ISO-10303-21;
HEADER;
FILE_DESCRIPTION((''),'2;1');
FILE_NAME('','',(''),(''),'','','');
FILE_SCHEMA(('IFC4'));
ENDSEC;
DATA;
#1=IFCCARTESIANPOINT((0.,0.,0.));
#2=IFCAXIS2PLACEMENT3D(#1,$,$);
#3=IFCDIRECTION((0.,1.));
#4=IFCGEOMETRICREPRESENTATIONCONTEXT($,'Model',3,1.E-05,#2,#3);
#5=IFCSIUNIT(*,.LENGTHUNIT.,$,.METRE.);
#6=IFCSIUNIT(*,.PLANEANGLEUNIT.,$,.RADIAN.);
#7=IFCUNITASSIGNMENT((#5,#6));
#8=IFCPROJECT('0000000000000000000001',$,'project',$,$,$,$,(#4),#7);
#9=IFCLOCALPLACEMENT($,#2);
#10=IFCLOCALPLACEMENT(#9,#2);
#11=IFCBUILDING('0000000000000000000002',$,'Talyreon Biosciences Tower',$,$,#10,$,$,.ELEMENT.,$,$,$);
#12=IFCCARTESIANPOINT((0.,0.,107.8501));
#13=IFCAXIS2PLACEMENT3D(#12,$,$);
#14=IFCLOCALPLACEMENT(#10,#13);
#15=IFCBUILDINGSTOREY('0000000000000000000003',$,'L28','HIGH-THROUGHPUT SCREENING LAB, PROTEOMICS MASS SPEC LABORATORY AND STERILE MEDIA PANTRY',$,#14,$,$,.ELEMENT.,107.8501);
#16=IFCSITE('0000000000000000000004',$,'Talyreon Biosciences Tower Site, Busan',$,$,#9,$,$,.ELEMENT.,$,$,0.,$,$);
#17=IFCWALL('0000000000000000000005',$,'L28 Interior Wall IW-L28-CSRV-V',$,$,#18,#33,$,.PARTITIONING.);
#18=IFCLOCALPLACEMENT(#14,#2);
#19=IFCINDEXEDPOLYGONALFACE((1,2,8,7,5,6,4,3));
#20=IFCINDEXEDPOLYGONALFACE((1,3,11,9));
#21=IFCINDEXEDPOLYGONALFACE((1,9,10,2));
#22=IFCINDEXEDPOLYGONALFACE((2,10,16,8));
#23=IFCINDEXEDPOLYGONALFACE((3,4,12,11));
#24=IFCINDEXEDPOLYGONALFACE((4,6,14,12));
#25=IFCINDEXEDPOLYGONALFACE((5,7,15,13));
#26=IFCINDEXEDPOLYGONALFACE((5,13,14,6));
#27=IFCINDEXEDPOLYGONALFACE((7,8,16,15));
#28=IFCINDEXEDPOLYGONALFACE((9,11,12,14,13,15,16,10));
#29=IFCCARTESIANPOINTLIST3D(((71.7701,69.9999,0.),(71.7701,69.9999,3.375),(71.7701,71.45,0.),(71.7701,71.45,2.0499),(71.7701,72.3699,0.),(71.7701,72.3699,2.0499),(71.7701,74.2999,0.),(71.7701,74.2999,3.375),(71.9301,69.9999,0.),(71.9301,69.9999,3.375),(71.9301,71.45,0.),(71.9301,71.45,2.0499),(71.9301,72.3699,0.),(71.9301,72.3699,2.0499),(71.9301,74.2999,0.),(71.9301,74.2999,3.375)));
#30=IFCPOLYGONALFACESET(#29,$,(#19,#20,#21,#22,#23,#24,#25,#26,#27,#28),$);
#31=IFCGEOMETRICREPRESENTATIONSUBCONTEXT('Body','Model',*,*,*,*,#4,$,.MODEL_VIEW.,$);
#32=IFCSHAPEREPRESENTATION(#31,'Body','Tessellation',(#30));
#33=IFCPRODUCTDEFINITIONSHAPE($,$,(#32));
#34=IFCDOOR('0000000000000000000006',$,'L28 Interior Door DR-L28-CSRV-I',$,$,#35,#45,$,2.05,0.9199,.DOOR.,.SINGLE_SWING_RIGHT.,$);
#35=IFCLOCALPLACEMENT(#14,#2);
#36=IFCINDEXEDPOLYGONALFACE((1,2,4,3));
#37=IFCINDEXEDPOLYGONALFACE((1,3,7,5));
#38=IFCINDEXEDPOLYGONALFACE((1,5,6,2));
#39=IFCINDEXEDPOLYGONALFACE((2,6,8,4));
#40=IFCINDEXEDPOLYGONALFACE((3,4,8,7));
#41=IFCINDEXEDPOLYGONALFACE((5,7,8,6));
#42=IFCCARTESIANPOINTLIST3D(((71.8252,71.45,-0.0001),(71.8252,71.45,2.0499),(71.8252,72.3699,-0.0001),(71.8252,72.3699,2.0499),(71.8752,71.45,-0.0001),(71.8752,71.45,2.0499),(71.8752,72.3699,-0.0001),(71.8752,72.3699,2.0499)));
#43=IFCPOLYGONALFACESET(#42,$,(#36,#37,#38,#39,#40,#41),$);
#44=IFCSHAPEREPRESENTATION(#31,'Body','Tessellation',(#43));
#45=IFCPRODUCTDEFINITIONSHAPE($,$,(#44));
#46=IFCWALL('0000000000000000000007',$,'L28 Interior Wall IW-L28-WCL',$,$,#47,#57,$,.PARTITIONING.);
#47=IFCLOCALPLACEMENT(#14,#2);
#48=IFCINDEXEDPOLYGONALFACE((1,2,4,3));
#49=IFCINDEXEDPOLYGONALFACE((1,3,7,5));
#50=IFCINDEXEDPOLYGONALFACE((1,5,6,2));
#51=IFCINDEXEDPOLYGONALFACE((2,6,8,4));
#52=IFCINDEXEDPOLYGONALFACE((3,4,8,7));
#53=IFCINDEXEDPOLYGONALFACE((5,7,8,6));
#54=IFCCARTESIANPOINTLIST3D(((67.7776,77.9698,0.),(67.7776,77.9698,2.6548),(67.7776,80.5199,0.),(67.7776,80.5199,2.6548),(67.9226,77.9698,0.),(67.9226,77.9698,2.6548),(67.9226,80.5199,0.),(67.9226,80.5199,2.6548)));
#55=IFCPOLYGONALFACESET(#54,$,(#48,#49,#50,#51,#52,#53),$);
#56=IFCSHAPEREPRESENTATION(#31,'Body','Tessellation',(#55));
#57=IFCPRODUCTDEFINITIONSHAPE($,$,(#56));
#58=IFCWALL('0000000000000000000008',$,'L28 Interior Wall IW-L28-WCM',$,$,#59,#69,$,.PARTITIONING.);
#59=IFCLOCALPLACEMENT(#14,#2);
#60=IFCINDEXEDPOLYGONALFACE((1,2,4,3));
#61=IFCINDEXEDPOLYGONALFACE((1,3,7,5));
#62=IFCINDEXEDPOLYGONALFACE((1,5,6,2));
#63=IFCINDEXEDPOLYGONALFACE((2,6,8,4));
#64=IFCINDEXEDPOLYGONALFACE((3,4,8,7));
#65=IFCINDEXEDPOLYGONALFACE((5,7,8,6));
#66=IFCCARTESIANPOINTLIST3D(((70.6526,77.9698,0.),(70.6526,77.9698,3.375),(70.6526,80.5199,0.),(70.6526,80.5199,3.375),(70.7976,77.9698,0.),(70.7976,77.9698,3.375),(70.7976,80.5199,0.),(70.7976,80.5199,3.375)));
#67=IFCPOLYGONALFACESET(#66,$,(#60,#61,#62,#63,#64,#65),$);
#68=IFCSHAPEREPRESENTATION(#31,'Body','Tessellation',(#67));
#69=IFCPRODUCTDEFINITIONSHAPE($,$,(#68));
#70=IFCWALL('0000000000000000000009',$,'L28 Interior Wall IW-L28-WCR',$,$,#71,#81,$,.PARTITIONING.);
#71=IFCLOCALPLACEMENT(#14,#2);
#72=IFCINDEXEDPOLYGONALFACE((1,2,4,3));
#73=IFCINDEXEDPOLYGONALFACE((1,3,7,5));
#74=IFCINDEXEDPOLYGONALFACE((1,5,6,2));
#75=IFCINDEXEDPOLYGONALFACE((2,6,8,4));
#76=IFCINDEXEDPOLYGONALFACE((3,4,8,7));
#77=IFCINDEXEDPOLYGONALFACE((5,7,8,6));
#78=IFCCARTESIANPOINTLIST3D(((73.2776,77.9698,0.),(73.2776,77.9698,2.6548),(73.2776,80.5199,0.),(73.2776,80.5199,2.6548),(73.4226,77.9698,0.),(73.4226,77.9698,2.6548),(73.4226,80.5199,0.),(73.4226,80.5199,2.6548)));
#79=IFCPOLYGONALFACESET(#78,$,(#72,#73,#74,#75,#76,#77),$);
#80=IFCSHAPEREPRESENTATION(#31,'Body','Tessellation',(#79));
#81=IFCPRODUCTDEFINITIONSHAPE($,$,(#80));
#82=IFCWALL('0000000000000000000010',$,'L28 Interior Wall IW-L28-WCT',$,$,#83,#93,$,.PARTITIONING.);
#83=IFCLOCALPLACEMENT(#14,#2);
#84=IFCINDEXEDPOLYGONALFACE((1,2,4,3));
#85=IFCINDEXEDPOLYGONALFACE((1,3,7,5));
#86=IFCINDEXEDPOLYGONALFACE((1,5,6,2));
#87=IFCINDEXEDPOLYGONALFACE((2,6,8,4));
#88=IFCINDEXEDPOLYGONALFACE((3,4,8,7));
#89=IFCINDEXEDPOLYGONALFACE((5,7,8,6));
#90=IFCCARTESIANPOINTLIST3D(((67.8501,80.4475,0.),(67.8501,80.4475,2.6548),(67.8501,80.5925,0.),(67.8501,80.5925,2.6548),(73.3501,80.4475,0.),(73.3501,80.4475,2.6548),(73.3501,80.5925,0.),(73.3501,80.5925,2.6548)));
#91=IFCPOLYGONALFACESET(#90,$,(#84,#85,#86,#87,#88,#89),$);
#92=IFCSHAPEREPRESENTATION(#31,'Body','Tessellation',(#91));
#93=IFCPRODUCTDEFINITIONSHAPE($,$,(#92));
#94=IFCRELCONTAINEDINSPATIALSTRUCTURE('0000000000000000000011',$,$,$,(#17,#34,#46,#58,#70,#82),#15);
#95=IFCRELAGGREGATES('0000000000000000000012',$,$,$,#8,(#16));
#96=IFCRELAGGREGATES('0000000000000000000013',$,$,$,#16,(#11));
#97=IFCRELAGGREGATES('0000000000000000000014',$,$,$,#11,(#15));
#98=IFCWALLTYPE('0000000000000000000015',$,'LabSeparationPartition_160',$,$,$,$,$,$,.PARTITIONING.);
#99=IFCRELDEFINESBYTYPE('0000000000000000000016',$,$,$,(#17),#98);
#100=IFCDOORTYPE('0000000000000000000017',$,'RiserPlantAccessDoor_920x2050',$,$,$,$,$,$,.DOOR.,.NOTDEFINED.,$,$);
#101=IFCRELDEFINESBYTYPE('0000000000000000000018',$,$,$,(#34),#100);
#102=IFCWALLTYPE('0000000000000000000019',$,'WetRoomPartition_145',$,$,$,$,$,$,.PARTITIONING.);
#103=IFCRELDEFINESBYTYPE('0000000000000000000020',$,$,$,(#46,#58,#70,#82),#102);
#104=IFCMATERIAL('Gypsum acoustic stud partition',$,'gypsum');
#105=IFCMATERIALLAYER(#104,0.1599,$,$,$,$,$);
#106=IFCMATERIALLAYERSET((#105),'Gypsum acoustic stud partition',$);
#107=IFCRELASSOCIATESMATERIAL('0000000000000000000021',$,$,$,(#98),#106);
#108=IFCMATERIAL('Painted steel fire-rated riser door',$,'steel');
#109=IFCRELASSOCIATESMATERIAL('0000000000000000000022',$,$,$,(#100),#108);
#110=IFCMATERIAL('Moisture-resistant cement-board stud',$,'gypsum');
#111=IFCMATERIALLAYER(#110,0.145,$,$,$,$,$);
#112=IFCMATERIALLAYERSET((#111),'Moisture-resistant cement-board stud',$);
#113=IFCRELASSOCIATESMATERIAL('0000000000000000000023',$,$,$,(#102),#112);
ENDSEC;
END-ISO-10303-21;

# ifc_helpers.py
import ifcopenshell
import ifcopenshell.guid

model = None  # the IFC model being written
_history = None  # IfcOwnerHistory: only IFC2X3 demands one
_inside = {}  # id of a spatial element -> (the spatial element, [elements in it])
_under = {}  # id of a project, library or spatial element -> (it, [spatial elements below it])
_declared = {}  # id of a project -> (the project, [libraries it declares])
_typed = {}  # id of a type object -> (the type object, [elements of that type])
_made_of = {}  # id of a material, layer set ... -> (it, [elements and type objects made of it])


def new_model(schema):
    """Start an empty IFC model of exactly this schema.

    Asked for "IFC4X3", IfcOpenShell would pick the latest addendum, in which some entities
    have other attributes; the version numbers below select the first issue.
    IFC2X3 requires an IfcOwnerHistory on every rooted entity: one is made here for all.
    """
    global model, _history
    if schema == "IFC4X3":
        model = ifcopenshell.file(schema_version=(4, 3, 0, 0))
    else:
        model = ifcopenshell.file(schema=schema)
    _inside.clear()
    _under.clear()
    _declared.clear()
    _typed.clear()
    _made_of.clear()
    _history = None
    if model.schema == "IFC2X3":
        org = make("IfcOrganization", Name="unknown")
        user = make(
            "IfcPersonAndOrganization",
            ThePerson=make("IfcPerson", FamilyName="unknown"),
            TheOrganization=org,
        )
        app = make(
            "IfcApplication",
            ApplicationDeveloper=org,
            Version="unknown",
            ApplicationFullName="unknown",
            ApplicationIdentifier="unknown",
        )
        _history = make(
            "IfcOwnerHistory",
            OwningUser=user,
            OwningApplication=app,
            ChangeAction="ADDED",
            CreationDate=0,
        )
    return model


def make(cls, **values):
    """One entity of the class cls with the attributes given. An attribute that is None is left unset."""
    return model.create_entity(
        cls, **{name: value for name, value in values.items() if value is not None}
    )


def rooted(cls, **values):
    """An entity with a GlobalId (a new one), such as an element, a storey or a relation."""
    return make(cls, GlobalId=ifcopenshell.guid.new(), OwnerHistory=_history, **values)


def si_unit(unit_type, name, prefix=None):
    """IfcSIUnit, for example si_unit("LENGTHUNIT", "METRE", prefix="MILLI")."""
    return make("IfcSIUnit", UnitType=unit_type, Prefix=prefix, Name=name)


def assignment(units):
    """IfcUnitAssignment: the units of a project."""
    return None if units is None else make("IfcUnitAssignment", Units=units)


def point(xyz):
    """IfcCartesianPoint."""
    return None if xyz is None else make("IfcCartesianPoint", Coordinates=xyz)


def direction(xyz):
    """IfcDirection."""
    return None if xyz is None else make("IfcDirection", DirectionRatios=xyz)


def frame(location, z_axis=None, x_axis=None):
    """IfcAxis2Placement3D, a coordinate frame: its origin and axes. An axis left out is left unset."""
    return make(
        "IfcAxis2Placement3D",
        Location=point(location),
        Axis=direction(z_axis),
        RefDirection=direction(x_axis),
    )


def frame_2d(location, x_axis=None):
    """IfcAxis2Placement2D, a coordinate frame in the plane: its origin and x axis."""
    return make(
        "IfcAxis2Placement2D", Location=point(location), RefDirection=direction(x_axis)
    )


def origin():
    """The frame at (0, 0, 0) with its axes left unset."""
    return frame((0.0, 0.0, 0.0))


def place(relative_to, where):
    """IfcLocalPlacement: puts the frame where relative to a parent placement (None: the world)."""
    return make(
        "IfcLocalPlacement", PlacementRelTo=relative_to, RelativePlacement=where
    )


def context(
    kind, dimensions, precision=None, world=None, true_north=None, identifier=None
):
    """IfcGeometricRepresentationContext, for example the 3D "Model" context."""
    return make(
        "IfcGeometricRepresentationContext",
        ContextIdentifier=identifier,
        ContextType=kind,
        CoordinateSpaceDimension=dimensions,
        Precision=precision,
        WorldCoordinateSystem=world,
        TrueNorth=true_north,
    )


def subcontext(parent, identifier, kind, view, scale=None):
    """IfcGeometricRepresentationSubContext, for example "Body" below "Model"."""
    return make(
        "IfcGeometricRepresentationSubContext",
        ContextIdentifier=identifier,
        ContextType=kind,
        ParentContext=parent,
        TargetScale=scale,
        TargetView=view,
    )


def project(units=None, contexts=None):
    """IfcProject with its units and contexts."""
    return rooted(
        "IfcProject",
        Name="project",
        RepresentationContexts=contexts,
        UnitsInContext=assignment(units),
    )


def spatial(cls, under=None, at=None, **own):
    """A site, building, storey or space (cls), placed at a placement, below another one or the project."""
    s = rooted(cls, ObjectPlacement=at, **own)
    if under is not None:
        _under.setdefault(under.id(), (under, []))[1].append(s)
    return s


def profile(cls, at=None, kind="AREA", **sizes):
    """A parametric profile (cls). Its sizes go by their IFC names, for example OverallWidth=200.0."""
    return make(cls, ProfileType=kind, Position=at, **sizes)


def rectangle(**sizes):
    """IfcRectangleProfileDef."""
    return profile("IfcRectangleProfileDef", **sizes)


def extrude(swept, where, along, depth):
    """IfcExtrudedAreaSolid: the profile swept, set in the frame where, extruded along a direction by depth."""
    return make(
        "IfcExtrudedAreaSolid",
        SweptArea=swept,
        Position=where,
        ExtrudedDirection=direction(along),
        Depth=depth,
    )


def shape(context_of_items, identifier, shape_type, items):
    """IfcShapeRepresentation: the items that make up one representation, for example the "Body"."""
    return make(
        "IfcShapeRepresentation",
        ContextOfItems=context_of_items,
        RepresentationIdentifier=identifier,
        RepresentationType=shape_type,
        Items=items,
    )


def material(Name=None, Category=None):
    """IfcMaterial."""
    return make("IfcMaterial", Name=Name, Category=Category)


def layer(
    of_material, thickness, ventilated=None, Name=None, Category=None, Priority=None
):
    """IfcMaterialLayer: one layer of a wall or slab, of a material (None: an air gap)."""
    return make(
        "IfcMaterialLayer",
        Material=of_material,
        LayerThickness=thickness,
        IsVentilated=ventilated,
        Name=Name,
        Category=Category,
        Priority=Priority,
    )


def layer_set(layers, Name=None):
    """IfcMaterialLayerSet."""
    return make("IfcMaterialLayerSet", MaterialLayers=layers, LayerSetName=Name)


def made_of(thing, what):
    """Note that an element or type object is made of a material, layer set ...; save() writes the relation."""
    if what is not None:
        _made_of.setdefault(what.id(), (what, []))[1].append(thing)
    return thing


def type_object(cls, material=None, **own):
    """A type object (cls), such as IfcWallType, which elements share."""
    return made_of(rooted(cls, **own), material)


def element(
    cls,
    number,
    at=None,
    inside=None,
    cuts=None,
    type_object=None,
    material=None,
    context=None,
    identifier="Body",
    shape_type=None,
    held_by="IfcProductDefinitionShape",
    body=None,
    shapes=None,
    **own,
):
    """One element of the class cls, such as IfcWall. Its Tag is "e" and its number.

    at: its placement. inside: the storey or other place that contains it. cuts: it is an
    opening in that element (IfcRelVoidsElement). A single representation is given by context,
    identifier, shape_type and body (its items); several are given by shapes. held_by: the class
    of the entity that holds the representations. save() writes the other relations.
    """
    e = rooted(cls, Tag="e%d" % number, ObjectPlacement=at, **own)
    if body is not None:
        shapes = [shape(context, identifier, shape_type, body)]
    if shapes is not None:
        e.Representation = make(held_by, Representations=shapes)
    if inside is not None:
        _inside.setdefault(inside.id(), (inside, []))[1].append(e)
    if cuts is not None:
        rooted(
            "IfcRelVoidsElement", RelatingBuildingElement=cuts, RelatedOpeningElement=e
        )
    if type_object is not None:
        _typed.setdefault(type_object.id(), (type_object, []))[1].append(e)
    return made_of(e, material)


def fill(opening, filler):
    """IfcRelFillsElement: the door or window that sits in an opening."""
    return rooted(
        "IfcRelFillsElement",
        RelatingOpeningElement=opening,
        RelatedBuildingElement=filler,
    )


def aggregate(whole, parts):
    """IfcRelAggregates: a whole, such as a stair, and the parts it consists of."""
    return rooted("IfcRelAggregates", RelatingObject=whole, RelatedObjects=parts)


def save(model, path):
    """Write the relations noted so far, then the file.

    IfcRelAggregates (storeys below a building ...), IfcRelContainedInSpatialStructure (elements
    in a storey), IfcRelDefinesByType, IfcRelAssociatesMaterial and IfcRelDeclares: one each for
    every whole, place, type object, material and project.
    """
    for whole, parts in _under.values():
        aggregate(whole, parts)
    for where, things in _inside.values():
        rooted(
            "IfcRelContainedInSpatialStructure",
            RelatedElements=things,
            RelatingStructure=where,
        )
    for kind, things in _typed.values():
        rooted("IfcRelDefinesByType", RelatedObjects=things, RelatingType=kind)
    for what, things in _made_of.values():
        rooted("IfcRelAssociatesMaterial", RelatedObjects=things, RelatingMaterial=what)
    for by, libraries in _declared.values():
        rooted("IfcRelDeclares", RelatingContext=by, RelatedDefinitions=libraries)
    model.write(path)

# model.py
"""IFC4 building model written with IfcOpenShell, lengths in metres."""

from ifc_helpers import new_model, si_unit, direction, frame, frame_2d, origin, place, context, subcontext, project, spatial, rectangle, extrude, material, layer, layer_set, type_object, element, fill, save


model = new_model("IFC4")

# Units and contexts
model_context = context("Model", 3, precision=1e-05, world=origin(), true_north=direction((0.0, 1.0)))
body_context = subcontext(model_context, "Body", "Model", "MODEL_VIEW")
ifc_project = project(units=[si_unit("LENGTHUNIT", "METRE"), si_unit("PLANEANGLEUNIT", "RADIAN")], contexts=[model_context])

# Site, building, storey
site_placement = place(None, origin())
site = spatial("IfcSite", under=ifc_project, at=site_placement, Name="Talyreon Biosciences Tower Site, Busan", CompositionType="ELEMENT", RefElevation=0.0)
building_placement = place(site_placement, origin())
building = spatial("IfcBuilding", under=site, at=building_placement, Name="Talyreon Biosciences Tower", CompositionType="ELEMENT")
storey_placement = place(building_placement, frame((0.0, 0.0, 107.8501)))
storey = spatial("IfcBuildingStorey", under=building, at=storey_placement, Name="L28", Description="HIGH-THROUGHPUT SCREENING LAB, PROTEOMICS MASS SPEC LABORATORY AND STERILE MEDIA PANTRY", CompositionType="ELEMENT", Elevation=107.8501)

# Wall, opening, door
ifc_material_1 = material(Name="Gypsum acoustic stud partition", Category="gypsum")
ifc_layer_1 = layer(ifc_material_1, 0.1599)
ifc_layer_set_1 = layer_set([ifc_layer_1], Name="Gypsum acoustic stud partition")
wall_type_1 = type_object("IfcWallType", Name="LabSeparationPartition_160", PredefinedType="PARTITIONING", material=ifc_layer_set_1)
wall_1_placement = place(storey_placement, frame((71.8501, 70.0, 0.0), z_axis=(0.0, 0.0, 1.0), x_axis=(0.0, 1.0, 0.0)))
wall_1 = element("IfcWall", 1, at=wall_1_placement, inside=storey, type_object=wall_type_1, Name="L28 Interior Wall IW-L28-CSRV-V", PredefinedType="PARTITIONING", context=body_context, shape_type="SweptSolid", body=[
    extrude(rectangle(XDim=4.3, YDim=0.1599, at=frame_2d((2.1499, 0.0))), origin(), (0.0, 0.0, 1.0), 3.375),
])
opening_1_placement = place(wall_1_placement, frame((1.45, 0.0, 0.0)))
opening_1 = element("IfcOpeningElement", 2, at=opening_1_placement, cuts=wall_1, PredefinedType="OPENING", context=body_context, shape_type="SweptSolid", body=[
    extrude(rectangle(XDim=0.9199, YDim=2.05, at=frame_2d((0.46, 1.0249))), frame((0.0, 0.0898, 0.0), z_axis=(0.0, -1.0, 0.0), x_axis=(1.0, 0.0, 0.0)), (0.0, 0.0, 1.0), 0.1799),
])
ifc_material_2 = material(Name="Painted steel fire-rated riser door", Category="steel")
door_type_1 = type_object("IfcDoorType", Name="RiserPlantAccessDoor_920x2050", OperationType="NOTDEFINED", PredefinedType="DOOR", material=ifc_material_2)
door_1_placement = place(opening_1_placement, origin())
door_1 = element("IfcDoor", 3, at=door_1_placement, inside=storey, type_object=door_type_1, Name="L28 Interior Door DR-L28-CSRV-I", OperationType="SINGLE_SWING_RIGHT", OverallHeight=2.05, OverallWidth=0.9199, PredefinedType="DOOR", context=body_context, shape_type="SweptSolid", body=[
    extrude(rectangle(XDim=0.9199, YDim=2.05, at=frame_2d((0.46, 1.0249))), frame((0.0, 0.0249, 0.0), z_axis=(0.0, -1.0, 0.0), x_axis=(1.0, 0.0, 0.0)), (0.0, 0.0, 1.0), 0.05),
])
fill(opening_1, door_1)

# Walls
ifc_material_3 = material(Name="Moisture-resistant cement-board stud", Category="gypsum")
ifc_layer_2 = layer(ifc_material_3, 0.145)
ifc_layer_set_2 = layer_set([ifc_layer_2], Name="Moisture-resistant cement-board stud")
wall_type_2 = type_object("IfcWallType", Name="WetRoomPartition_145", PredefinedType="PARTITIONING", material=ifc_layer_set_2)
wall_2_placement = place(storey_placement, frame((67.8501, 77.97, 0.0), z_axis=(0.0, 0.0, 1.0), x_axis=(0.0, 1.0, 0.0)))
element("IfcWall", 4, at=wall_2_placement, inside=storey, type_object=wall_type_2, Name="L28 Interior Wall IW-L28-WCL", PredefinedType="PARTITIONING", context=body_context, shape_type="SweptSolid", body=[
    extrude(rectangle(XDim=2.55, YDim=0.145, at=frame_2d((1.2749, 0.0))), origin(), (0.0, 0.0, 1.0), 2.6548),
])
wall_3_placement = place(storey_placement, frame((70.7251, 77.97, 0.0), z_axis=(0.0, 0.0, 1.0), x_axis=(0.0, 1.0, 0.0)))
element("IfcWall", 5, at=wall_3_placement, inside=storey, type_object=wall_type_2, Name="L28 Interior Wall IW-L28-WCM", PredefinedType="PARTITIONING", context=body_context, shape_type="SweptSolid", body=[
    extrude(rectangle(XDim=2.55, YDim=0.145, at=frame_2d((1.2749, 0.0))), origin(), (0.0, 0.0, 1.0), 3.375),
])
wall_4_placement = place(storey_placement, frame((73.3501, 77.97, 0.0), z_axis=(0.0, 0.0, 1.0), x_axis=(0.0, 1.0, 0.0)))
element("IfcWall", 6, at=wall_4_placement, inside=storey, type_object=wall_type_2, Name="L28 Interior Wall IW-L28-WCR", PredefinedType="PARTITIONING", context=body_context, shape_type="SweptSolid", body=[
    extrude(rectangle(XDim=2.55, YDim=0.145, at=frame_2d((1.2749, 0.0))), origin(), (0.0, 0.0, 1.0), 2.6548),
])
wall_5_placement = place(storey_placement, frame((67.8501, 80.52, 0.0), z_axis=(0.0, 0.0, 1.0), x_axis=(1.0, 0.0, 0.0)))
element("IfcWall", 7, at=wall_5_placement, inside=storey, type_object=wall_type_2, Name="L28 Interior Wall IW-L28-WCT", PredefinedType="PARTITIONING", context=body_context, shape_type="SweptSolid", body=[
    extrude(rectangle(XDim=5.5, YDim=0.145, at=frame_2d((2.75, 0.0))), origin(), (0.0, 0.0, 1.0), 2.6548),
])

save(model, "model.ifc")
